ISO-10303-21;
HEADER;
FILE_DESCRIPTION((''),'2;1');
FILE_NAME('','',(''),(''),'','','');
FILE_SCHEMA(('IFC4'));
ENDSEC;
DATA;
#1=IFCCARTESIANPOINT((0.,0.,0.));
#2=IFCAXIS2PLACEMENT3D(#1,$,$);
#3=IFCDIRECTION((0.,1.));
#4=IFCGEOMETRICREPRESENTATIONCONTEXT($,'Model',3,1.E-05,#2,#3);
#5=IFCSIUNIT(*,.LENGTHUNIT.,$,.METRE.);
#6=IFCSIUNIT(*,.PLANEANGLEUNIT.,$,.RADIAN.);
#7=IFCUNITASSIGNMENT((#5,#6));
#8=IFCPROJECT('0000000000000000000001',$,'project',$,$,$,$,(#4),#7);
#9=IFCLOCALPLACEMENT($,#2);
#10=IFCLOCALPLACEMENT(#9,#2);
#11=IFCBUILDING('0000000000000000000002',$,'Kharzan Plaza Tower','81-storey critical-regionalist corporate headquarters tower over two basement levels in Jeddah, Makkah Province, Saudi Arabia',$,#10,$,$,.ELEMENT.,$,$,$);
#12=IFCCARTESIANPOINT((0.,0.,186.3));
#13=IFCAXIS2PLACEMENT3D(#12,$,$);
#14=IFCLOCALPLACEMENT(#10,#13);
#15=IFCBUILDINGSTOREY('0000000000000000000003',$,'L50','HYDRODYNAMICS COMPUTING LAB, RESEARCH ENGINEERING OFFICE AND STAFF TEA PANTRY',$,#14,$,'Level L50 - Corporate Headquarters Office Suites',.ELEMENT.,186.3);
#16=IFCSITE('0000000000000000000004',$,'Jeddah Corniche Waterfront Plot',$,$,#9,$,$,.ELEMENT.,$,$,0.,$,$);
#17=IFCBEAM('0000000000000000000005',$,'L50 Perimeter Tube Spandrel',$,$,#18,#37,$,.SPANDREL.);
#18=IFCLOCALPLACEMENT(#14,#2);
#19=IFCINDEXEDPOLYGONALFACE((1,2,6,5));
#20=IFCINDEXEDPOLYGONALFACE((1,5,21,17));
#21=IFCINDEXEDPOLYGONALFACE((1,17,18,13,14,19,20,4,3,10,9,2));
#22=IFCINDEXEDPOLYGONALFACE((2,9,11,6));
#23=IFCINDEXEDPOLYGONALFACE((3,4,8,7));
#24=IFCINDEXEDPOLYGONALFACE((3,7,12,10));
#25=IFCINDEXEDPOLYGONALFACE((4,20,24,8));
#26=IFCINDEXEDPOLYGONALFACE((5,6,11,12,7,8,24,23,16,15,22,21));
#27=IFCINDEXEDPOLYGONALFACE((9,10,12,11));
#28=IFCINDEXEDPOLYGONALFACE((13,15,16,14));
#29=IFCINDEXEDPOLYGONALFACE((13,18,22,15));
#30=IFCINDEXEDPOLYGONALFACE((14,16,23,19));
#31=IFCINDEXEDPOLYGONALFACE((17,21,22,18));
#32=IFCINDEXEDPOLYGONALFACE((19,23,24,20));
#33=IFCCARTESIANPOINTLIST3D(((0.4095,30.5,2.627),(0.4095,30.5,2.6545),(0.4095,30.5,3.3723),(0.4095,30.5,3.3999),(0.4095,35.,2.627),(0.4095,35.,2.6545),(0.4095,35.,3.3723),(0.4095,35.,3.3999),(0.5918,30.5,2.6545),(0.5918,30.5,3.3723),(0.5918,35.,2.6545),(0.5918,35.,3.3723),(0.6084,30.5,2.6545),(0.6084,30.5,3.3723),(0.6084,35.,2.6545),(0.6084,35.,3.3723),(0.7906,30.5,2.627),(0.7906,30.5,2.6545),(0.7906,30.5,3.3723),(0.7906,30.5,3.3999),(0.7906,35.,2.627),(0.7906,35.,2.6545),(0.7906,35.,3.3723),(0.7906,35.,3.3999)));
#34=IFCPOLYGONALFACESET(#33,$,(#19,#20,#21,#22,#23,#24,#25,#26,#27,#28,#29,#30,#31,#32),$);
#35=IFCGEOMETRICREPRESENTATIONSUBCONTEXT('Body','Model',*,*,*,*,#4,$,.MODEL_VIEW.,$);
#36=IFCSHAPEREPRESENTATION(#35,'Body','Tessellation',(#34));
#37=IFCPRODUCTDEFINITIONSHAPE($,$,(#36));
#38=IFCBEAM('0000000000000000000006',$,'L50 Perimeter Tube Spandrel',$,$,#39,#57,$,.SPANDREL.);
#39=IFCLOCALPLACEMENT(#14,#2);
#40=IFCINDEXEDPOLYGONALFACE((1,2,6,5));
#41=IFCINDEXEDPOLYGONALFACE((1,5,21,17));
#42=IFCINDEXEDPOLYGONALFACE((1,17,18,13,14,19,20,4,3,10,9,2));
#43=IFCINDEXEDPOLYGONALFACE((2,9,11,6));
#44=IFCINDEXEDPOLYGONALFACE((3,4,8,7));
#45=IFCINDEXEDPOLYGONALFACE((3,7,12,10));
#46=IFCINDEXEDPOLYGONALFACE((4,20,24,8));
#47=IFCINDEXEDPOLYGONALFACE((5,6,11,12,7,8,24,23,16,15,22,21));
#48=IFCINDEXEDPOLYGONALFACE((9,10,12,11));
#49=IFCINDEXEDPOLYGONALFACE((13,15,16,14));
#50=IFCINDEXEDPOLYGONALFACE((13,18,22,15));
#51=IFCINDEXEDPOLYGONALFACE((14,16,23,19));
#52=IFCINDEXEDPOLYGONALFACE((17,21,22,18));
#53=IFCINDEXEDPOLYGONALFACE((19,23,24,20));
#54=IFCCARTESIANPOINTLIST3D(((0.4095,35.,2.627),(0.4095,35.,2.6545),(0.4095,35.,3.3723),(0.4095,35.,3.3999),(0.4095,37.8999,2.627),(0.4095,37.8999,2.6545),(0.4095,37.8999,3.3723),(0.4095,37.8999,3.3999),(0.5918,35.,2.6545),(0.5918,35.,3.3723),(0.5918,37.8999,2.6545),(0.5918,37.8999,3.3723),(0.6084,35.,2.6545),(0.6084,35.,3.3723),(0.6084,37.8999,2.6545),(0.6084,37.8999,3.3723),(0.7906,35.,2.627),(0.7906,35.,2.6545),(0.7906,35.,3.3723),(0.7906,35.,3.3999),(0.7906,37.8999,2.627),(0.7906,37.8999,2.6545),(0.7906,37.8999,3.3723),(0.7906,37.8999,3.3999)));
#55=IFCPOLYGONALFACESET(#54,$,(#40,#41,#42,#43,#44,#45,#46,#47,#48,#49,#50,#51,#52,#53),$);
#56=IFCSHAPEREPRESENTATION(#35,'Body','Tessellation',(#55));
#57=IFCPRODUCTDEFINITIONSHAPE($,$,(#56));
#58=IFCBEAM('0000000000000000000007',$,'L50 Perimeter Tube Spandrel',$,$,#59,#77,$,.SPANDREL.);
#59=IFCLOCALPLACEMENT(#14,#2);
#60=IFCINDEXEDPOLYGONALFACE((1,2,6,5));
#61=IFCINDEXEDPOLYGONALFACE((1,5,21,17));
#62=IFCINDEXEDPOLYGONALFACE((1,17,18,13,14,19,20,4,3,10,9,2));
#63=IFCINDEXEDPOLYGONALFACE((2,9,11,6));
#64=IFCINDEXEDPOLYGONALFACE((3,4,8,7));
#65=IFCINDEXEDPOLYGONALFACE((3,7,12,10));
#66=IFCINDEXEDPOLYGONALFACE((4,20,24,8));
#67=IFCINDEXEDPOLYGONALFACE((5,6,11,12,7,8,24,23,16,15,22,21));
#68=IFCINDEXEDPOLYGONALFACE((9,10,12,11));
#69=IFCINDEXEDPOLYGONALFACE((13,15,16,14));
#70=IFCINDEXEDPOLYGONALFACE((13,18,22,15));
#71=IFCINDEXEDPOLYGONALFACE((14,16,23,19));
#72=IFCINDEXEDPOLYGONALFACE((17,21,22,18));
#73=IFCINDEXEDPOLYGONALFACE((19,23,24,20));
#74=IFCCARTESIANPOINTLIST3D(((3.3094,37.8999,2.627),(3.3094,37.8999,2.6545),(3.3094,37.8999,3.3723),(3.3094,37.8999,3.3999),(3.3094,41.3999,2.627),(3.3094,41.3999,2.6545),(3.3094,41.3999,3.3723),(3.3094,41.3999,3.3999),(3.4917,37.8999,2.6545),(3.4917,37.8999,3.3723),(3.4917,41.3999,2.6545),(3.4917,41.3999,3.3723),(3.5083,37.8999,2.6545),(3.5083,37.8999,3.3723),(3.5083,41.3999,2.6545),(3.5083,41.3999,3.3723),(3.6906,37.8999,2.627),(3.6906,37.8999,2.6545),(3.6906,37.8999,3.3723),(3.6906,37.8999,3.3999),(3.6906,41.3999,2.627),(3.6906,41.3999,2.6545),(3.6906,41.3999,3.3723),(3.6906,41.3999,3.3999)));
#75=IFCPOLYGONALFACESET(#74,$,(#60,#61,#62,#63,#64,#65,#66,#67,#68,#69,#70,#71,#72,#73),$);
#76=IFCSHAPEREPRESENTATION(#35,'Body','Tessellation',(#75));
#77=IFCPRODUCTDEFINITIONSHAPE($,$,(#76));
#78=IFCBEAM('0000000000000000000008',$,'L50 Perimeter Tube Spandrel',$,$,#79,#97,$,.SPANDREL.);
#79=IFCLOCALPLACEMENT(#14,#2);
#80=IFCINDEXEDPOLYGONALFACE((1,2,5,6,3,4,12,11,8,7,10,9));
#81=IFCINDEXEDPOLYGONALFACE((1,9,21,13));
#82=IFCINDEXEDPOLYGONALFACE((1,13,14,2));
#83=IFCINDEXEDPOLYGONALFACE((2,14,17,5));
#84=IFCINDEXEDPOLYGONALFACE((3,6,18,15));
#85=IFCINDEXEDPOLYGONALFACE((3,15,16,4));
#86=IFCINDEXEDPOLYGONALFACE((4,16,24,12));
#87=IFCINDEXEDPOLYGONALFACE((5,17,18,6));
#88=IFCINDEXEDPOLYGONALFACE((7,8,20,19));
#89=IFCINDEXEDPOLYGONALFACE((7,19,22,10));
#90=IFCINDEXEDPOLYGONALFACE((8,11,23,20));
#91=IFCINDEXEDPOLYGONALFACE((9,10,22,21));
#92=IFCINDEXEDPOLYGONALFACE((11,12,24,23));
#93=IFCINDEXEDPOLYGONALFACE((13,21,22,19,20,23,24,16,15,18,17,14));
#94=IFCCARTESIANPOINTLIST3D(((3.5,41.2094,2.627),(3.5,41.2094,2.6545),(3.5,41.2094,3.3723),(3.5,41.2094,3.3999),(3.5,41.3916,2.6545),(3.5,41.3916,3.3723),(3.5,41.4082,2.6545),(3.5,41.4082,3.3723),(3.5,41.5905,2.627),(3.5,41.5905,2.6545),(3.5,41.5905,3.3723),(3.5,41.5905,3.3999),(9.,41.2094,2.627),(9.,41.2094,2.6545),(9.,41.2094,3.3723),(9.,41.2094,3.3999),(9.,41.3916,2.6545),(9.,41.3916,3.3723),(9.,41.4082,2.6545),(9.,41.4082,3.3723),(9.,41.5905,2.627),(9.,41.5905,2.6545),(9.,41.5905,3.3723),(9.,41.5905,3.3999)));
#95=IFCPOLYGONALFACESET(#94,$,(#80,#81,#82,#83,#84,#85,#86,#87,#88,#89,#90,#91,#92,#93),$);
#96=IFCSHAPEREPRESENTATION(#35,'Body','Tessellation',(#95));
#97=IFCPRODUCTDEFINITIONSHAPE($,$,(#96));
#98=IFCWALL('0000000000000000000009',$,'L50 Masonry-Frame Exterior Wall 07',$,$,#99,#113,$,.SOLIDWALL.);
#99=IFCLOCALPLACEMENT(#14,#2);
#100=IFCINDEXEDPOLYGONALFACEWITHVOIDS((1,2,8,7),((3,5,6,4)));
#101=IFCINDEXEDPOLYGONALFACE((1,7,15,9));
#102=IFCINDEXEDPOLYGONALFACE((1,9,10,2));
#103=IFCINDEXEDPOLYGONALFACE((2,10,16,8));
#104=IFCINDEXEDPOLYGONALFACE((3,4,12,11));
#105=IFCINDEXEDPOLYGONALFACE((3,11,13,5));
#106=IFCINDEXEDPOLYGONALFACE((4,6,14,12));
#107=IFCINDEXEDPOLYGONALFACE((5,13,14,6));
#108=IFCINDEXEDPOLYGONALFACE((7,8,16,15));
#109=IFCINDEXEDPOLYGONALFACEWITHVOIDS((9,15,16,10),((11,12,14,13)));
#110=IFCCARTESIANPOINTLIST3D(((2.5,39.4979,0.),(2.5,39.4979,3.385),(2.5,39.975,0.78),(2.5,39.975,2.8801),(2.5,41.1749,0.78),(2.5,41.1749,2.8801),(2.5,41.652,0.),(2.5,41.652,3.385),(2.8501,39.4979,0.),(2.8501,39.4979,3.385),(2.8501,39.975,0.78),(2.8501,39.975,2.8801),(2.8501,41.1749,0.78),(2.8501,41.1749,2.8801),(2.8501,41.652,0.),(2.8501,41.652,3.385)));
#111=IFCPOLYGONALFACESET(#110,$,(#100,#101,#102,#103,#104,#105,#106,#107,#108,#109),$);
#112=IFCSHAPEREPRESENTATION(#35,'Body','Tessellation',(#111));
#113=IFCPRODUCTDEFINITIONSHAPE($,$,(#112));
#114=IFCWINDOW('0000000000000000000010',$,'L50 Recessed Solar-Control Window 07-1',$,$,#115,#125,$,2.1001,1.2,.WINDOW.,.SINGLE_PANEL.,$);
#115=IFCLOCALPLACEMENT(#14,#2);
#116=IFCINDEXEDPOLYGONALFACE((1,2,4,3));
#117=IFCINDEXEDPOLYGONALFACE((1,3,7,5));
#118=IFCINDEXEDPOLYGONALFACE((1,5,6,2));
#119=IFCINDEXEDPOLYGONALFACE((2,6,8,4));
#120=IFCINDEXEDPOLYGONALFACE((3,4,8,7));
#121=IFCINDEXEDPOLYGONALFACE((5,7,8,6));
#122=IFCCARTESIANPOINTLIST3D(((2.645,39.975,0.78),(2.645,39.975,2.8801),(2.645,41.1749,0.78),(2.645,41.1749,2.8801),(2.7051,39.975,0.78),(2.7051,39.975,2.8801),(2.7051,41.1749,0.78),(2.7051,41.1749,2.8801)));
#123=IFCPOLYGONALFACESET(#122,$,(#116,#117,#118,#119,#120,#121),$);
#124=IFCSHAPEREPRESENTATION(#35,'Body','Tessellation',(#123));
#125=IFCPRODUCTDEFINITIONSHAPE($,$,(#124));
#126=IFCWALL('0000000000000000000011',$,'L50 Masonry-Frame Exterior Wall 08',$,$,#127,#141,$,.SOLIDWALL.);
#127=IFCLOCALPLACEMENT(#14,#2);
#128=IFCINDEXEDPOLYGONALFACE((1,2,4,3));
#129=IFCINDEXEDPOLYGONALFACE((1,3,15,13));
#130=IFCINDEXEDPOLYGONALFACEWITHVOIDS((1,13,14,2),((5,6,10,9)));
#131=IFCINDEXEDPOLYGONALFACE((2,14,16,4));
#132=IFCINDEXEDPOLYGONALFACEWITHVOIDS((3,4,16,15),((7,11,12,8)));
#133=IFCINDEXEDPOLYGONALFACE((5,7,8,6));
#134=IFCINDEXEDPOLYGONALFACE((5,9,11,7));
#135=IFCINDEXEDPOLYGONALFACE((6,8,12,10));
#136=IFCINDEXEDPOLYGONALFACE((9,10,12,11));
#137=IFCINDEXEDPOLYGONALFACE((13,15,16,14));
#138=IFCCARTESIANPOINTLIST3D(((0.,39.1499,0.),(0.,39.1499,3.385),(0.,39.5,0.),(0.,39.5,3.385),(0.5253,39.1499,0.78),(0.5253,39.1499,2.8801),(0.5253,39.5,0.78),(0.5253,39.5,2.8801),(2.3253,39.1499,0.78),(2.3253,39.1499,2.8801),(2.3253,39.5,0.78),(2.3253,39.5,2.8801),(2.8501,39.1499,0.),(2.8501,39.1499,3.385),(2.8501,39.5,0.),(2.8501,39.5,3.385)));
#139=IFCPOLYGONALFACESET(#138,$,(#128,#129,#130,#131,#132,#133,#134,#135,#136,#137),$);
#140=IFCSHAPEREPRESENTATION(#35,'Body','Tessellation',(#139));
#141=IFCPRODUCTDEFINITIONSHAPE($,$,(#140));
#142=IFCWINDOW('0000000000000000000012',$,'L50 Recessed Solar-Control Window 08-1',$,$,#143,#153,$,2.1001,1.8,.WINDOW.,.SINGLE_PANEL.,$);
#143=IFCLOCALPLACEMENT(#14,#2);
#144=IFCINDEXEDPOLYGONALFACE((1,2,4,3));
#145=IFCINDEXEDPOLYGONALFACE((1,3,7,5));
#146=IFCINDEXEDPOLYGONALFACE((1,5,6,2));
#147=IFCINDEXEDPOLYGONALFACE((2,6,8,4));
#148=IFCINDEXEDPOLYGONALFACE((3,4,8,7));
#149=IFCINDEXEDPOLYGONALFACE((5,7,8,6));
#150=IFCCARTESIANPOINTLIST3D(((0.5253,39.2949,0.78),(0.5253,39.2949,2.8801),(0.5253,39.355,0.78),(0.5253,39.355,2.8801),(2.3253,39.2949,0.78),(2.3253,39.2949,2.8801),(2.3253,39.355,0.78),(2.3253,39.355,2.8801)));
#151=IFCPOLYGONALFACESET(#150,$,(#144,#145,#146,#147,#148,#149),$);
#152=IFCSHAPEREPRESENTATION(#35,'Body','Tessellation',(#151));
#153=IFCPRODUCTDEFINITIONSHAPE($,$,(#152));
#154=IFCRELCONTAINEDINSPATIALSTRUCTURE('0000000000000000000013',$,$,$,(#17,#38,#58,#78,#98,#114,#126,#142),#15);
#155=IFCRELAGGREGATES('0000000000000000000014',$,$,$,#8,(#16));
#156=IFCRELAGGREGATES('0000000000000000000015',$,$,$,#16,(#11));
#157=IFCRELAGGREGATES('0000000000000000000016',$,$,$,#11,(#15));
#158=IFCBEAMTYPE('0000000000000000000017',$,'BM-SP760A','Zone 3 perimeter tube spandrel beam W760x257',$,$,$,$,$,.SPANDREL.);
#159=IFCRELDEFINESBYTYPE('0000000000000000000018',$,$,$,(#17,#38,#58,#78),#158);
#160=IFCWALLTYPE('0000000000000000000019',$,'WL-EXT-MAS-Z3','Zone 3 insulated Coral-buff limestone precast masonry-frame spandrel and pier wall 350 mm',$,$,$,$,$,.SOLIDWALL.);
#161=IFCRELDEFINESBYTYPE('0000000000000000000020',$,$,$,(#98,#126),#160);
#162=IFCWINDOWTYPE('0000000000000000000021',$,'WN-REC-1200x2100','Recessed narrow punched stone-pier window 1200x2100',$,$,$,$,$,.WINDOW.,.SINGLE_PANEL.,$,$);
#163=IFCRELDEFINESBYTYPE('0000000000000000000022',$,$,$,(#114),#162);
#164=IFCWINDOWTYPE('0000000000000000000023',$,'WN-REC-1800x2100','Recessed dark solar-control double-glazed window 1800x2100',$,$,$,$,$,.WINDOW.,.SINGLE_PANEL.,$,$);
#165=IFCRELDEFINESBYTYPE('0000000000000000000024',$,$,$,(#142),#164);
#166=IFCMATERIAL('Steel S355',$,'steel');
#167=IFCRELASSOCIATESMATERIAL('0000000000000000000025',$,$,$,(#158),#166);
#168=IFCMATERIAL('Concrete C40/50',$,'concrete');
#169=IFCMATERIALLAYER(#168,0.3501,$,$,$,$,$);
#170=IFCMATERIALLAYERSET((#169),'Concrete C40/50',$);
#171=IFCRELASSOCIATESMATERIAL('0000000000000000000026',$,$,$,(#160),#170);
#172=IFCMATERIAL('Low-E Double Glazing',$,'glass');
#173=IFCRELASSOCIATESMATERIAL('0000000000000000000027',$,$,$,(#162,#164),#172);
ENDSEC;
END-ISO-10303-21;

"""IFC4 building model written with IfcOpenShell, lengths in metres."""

from ifc_helpers import new_model, si_unit, direction, frame, frame_2d, origin, origin_2d, place, context, subcontext, project, spatial, rectangle, i_section, extrude, source, transform, mapped, material, layer, layer_set, material_profile, profile_set, type_object, element, fill, save


model = new_model("IFC4")

# Units and contexts
model_context = context("Model", 3, precision=1e-05, world=origin(), true_north=direction((0.0, 1.0)))
body_context = subcontext(model_context, "Body", "Model", "MODEL_VIEW")
ifc_project = project(units=[si_unit("LENGTHUNIT", "METRE"), si_unit("PLANEANGLEUNIT", "RADIAN")], contexts=[model_context])

# Site, building, storey
site_placement = place(None, origin())
site = spatial("IfcSite", under=ifc_project, at=site_placement, Name="Jeddah Corniche Waterfront Plot", CompositionType="ELEMENT", RefElevation=0.0)
building_placement = place(site_placement, origin())
building = spatial("IfcBuilding", under=site, at=building_placement, Name="Kharzan Plaza Tower", Description="81-storey critical-regionalist corporate headquarters tower over two basement levels in Jeddah, Makkah Province, Saudi Arabia", CompositionType="ELEMENT")
storey_placement = place(building_placement, frame((0.0, 0.0, 186.3)))
storey = spatial("IfcBuildingStorey", under=building, at=storey_placement, Name="L50", Description="HYDRODYNAMICS COMPUTING LAB, RESEARCH ENGINEERING OFFICE AND STAFF TEA PANTRY", LongName="Level L50 - Corporate Headquarters Office Suites", CompositionType="ELEMENT", Elevation=186.3)

# Beams
ifc_material_1 = material(Name="Steel S355", Category="steel")
ifc_material_profile_1 = material_profile(ifc_material_1, i_section(OverallWidth=0.3811, OverallDepth=0.7729, WebThickness=0.0166, FlangeThickness=0.0276, at=origin_2d()), Name="W760x257")
ifc_profile_set_1 = profile_set([ifc_material_profile_1], Name="Steel S355")
beam_type_1 = type_object("IfcBeamType", Name="BM-SP760A", Description="Zone 3 perimeter tube spandrel beam W760x257", PredefinedType="SPANDREL", material=ifc_profile_set_1)
shared_shape_1 = source(origin(), body_context, "Body", "SweptSolid", [
    extrude(i_section(OverallWidth=0.3811, OverallDepth=0.7729, WebThickness=0.0166, FlangeThickness=0.0276, at=origin_2d()), origin(), (0.0, 0.0, 1.0), 4.5),
])
beam_1_placement = place(storey_placement, frame((0.6001, 30.5, 3.0134), z_axis=(0.0, 1.0, 0.0), x_axis=(-1.0, 0.0, 0.0)))
element("IfcBeam", 1, at=beam_1_placement, inside=storey, type_object=beam_type_1, Name="L50 Perimeter Tube Spandrel", PredefinedType="SPANDREL", context=body_context, shape_type="MappedRepresentation", body=[
    mapped(shared_shape_1, transform((0.0, 0.0, 0.0), x_axis=(1.0, 0.0, 0.0), y_axis=(0.0, 1.0, 0.0), z_axis=(0.0, 0.0, 1.0))),
])
shared_shape_2 = source(origin(), body_context, "Body", "SweptSolid", [
    extrude(i_section(OverallWidth=0.3811, OverallDepth=0.7729, WebThickness=0.0166, FlangeThickness=0.0276, at=origin_2d()), origin(), (0.0, 0.0, 1.0), 2.8999),
])
beam_2_placement = place(storey_placement, frame((0.6001, 35.0, 3.0134), z_axis=(0.0, 1.0, 0.0), x_axis=(-1.0, 0.0, 0.0)))
element("IfcBeam", 2, at=beam_2_placement, inside=storey, type_object=beam_type_1, Name="L50 Perimeter Tube Spandrel", PredefinedType="SPANDREL", context=body_context, shape_type="MappedRepresentation", body=[
    mapped(shared_shape_2, transform((0.0, 0.0, 0.0), x_axis=(1.0, 0.0, 0.0), y_axis=(0.0, 1.0, 0.0), z_axis=(0.0, 0.0, 1.0))),
])
shared_shape_3 = source(origin(), body_context, "Body", "SweptSolid", [
    extrude(i_section(OverallWidth=0.3811, OverallDepth=0.7729, WebThickness=0.0166, FlangeThickness=0.0276, at=origin_2d()), origin(), (0.0, 0.0, 1.0), 3.5),
])
beam_3_placement = place(storey_placement, frame((3.5, 37.8999, 3.0134), z_axis=(0.0, 1.0, 0.0), x_axis=(-1.0, 0.0, 0.0)))
element("IfcBeam", 3, at=beam_3_placement, inside=storey, type_object=beam_type_1, Name="L50 Perimeter Tube Spandrel", PredefinedType="SPANDREL", context=body_context, shape_type="MappedRepresentation", body=[
    mapped(shared_shape_3, transform((0.0, 0.0, 0.0), x_axis=(1.0, 0.0, 0.0), y_axis=(0.0, 1.0, 0.0), z_axis=(0.0, 0.0, 1.0))),
])
shared_shape_4 = source(origin(), body_context, "Body", "SweptSolid", [
    extrude(i_section(OverallWidth=0.3811, OverallDepth=0.7729, WebThickness=0.0166, FlangeThickness=0.0276, at=origin_2d()), origin(), (0.0, 0.0, 1.0), 5.5),
])
beam_4_placement = place(storey_placement, frame((3.5, 41.3999, 3.0134), z_axis=(1.0, 0.0, 0.0), x_axis=(0.0, 1.0, 0.0)))
element("IfcBeam", 4, at=beam_4_placement, inside=storey, type_object=beam_type_1, Name="L50 Perimeter Tube Spandrel", PredefinedType="SPANDREL", context=body_context, shape_type="MappedRepresentation", body=[
    mapped(shared_shape_4, transform((0.0, 0.0, 0.0), x_axis=(1.0, 0.0, 0.0), y_axis=(0.0, 1.0, 0.0), z_axis=(0.0, 0.0, 1.0))),
])

# Walls, openings, windows
ifc_material_2 = material(Name="Concrete C40/50", Category="concrete")
ifc_layer_1 = layer(ifc_material_2, 0.3501)
ifc_layer_set_1 = layer_set([ifc_layer_1], Name="Concrete C40/50")
wall_type_1 = type_object("IfcWallType", Name="WL-EXT-MAS-Z3", Description="Zone 3 insulated Coral-buff limestone precast masonry-frame spandrel and pier wall 350 mm", PredefinedType="SOLIDWALL", material=ifc_layer_set_1)
wall_1_placement = place(storey_placement, frame((2.675, 41.6521, 0.0), z_axis=(0.0, 0.0, 1.0), x_axis=(0.0, -1.0, 0.0)))
wall_1 = element("IfcWall", 5, at=wall_1_placement, inside=storey, type_object=wall_type_1, Name="L50 Masonry-Frame Exterior Wall 07", PredefinedType="SOLIDWALL", context=body_context, shape_type="SweptSolid", body=[
    extrude(rectangle(XDim=2.1541, YDim=0.3501, at=frame_2d((1.0771, 0.0))), origin(), (0.0, 0.0, 1.0), 3.385),
])
opening_1_placement = place(wall_1_placement, frame((0.4771, 0.0, 0.78)))
opening_1 = element("IfcOpeningElement", 6, at=opening_1_placement, cuts=wall_1, PredefinedType="OPENING", context=body_context, shape_type="SweptSolid", body=[
    extrude(rectangle(XDim=1.2, YDim=2.1001, at=frame_2d((0.6001, 1.05))), frame((0.0, 0.1851, 0.0), z_axis=(0.0, -1.0, 0.0), x_axis=(1.0, 0.0, 0.0)), (0.0, 0.0, 1.0), 0.3701),
])
ifc_material_3 = material(Name="Low-E Double Glazing", Category="glass")
window_type_1 = type_object("IfcWindowType", Name="WN-REC-1200x2100", Description="Recessed narrow punched stone-pier window 1200x2100", PartitioningType="SINGLE_PANEL", PredefinedType="WINDOW", material=ifc_material_3)
shared_shape_5 = source(origin(), body_context, "Body", "SweptSolid", [
    extrude(rectangle(XDim=1.2, YDim=2.1001, at=frame_2d((0.6001, 1.05))), frame((0.0, 0.03, 0.0), z_axis=(0.0, -1.0, 0.0), x_axis=(1.0, 0.0, 0.0)), (0.0, 0.0, 1.0), 0.0601),
])
window_1_placement = place(opening_1_placement, origin())
window_1 = element("IfcWindow", 7, at=window_1_placement, inside=storey, type_object=window_type_1, Name="L50 Recessed Solar-Control Window 07-1", OverallHeight=2.1001, OverallWidth=1.2, PartitioningType="SINGLE_PANEL", PredefinedType="WINDOW", context=body_context, shape_type="MappedRepresentation", body=[
    mapped(shared_shape_5, transform((0.0, 0.0, 0.0), x_axis=(1.0, 0.0, 0.0), y_axis=(0.0, 1.0, 0.0), z_axis=(0.0, 0.0, 1.0))),
])
fill(opening_1, window_1)
wall_2_placement = place(storey_placement, frame((2.8501, 39.325, 0.0), z_axis=(0.0, 0.0, 1.0), x_axis=(-1.0, 0.0, 0.0)))
wall_2 = element("IfcWall", 8, at=wall_2_placement, inside=storey, type_object=wall_type_1, Name="L50 Masonry-Frame Exterior Wall 08", PredefinedType="SOLIDWALL", context=body_context, shape_type="SweptSolid", body=[
    extrude(rectangle(XDim=2.8501, YDim=0.3501, at=frame_2d((1.425, 0.0))), origin(), (0.0, 0.0, 1.0), 3.385),
])
opening_2_placement = place(wall_2_placement, frame((0.5249, 0.0, 0.78)))
opening_2 = element("IfcOpeningElement", 9, at=opening_2_placement, cuts=wall_2, PredefinedType="OPENING", context=body_context, shape_type="SweptSolid", body=[
    extrude(rectangle(XDim=1.8, YDim=2.1001, at=frame_2d((0.8999, 1.05))), frame((0.0, 0.1851, 0.0), z_axis=(0.0, -1.0, 0.0), x_axis=(1.0, 0.0, 0.0)), (0.0, 0.0, 1.0), 0.3701),
])
window_type_2 = type_object("IfcWindowType", Name="WN-REC-1800x2100", Description="Recessed dark solar-control double-glazed window 1800x2100", PartitioningType="SINGLE_PANEL", PredefinedType="WINDOW", material=ifc_material_3)
shared_shape_6 = source(origin(), body_context, "Body", "SweptSolid", [
    extrude(rectangle(XDim=1.8, YDim=2.1001, at=frame_2d((0.8999, 1.05))), frame((0.0, 0.03, 0.0), z_axis=(0.0, -1.0, 0.0), x_axis=(1.0, 0.0, 0.0)), (0.0, 0.0, 1.0), 0.0601),
])
window_2_placement = place(opening_2_placement, origin())
window_2 = element("IfcWindow", 10, at=window_2_placement, inside=storey, type_object=window_type_2, Name="L50 Recessed Solar-Control Window 08-1", OverallHeight=2.1001, OverallWidth=1.8, PartitioningType="SINGLE_PANEL", PredefinedType="WINDOW", context=body_context, shape_type="MappedRepresentation", body=[
    mapped(shared_shape_6, transform((0.0, 0.0, 0.0), x_axis=(1.0, 0.0, 0.0), y_axis=(0.0, 1.0, 0.0), z_axis=(0.0, 0.0, 1.0))),
])
fill(opening_2, window_2)

save(model, "model.ifc")
